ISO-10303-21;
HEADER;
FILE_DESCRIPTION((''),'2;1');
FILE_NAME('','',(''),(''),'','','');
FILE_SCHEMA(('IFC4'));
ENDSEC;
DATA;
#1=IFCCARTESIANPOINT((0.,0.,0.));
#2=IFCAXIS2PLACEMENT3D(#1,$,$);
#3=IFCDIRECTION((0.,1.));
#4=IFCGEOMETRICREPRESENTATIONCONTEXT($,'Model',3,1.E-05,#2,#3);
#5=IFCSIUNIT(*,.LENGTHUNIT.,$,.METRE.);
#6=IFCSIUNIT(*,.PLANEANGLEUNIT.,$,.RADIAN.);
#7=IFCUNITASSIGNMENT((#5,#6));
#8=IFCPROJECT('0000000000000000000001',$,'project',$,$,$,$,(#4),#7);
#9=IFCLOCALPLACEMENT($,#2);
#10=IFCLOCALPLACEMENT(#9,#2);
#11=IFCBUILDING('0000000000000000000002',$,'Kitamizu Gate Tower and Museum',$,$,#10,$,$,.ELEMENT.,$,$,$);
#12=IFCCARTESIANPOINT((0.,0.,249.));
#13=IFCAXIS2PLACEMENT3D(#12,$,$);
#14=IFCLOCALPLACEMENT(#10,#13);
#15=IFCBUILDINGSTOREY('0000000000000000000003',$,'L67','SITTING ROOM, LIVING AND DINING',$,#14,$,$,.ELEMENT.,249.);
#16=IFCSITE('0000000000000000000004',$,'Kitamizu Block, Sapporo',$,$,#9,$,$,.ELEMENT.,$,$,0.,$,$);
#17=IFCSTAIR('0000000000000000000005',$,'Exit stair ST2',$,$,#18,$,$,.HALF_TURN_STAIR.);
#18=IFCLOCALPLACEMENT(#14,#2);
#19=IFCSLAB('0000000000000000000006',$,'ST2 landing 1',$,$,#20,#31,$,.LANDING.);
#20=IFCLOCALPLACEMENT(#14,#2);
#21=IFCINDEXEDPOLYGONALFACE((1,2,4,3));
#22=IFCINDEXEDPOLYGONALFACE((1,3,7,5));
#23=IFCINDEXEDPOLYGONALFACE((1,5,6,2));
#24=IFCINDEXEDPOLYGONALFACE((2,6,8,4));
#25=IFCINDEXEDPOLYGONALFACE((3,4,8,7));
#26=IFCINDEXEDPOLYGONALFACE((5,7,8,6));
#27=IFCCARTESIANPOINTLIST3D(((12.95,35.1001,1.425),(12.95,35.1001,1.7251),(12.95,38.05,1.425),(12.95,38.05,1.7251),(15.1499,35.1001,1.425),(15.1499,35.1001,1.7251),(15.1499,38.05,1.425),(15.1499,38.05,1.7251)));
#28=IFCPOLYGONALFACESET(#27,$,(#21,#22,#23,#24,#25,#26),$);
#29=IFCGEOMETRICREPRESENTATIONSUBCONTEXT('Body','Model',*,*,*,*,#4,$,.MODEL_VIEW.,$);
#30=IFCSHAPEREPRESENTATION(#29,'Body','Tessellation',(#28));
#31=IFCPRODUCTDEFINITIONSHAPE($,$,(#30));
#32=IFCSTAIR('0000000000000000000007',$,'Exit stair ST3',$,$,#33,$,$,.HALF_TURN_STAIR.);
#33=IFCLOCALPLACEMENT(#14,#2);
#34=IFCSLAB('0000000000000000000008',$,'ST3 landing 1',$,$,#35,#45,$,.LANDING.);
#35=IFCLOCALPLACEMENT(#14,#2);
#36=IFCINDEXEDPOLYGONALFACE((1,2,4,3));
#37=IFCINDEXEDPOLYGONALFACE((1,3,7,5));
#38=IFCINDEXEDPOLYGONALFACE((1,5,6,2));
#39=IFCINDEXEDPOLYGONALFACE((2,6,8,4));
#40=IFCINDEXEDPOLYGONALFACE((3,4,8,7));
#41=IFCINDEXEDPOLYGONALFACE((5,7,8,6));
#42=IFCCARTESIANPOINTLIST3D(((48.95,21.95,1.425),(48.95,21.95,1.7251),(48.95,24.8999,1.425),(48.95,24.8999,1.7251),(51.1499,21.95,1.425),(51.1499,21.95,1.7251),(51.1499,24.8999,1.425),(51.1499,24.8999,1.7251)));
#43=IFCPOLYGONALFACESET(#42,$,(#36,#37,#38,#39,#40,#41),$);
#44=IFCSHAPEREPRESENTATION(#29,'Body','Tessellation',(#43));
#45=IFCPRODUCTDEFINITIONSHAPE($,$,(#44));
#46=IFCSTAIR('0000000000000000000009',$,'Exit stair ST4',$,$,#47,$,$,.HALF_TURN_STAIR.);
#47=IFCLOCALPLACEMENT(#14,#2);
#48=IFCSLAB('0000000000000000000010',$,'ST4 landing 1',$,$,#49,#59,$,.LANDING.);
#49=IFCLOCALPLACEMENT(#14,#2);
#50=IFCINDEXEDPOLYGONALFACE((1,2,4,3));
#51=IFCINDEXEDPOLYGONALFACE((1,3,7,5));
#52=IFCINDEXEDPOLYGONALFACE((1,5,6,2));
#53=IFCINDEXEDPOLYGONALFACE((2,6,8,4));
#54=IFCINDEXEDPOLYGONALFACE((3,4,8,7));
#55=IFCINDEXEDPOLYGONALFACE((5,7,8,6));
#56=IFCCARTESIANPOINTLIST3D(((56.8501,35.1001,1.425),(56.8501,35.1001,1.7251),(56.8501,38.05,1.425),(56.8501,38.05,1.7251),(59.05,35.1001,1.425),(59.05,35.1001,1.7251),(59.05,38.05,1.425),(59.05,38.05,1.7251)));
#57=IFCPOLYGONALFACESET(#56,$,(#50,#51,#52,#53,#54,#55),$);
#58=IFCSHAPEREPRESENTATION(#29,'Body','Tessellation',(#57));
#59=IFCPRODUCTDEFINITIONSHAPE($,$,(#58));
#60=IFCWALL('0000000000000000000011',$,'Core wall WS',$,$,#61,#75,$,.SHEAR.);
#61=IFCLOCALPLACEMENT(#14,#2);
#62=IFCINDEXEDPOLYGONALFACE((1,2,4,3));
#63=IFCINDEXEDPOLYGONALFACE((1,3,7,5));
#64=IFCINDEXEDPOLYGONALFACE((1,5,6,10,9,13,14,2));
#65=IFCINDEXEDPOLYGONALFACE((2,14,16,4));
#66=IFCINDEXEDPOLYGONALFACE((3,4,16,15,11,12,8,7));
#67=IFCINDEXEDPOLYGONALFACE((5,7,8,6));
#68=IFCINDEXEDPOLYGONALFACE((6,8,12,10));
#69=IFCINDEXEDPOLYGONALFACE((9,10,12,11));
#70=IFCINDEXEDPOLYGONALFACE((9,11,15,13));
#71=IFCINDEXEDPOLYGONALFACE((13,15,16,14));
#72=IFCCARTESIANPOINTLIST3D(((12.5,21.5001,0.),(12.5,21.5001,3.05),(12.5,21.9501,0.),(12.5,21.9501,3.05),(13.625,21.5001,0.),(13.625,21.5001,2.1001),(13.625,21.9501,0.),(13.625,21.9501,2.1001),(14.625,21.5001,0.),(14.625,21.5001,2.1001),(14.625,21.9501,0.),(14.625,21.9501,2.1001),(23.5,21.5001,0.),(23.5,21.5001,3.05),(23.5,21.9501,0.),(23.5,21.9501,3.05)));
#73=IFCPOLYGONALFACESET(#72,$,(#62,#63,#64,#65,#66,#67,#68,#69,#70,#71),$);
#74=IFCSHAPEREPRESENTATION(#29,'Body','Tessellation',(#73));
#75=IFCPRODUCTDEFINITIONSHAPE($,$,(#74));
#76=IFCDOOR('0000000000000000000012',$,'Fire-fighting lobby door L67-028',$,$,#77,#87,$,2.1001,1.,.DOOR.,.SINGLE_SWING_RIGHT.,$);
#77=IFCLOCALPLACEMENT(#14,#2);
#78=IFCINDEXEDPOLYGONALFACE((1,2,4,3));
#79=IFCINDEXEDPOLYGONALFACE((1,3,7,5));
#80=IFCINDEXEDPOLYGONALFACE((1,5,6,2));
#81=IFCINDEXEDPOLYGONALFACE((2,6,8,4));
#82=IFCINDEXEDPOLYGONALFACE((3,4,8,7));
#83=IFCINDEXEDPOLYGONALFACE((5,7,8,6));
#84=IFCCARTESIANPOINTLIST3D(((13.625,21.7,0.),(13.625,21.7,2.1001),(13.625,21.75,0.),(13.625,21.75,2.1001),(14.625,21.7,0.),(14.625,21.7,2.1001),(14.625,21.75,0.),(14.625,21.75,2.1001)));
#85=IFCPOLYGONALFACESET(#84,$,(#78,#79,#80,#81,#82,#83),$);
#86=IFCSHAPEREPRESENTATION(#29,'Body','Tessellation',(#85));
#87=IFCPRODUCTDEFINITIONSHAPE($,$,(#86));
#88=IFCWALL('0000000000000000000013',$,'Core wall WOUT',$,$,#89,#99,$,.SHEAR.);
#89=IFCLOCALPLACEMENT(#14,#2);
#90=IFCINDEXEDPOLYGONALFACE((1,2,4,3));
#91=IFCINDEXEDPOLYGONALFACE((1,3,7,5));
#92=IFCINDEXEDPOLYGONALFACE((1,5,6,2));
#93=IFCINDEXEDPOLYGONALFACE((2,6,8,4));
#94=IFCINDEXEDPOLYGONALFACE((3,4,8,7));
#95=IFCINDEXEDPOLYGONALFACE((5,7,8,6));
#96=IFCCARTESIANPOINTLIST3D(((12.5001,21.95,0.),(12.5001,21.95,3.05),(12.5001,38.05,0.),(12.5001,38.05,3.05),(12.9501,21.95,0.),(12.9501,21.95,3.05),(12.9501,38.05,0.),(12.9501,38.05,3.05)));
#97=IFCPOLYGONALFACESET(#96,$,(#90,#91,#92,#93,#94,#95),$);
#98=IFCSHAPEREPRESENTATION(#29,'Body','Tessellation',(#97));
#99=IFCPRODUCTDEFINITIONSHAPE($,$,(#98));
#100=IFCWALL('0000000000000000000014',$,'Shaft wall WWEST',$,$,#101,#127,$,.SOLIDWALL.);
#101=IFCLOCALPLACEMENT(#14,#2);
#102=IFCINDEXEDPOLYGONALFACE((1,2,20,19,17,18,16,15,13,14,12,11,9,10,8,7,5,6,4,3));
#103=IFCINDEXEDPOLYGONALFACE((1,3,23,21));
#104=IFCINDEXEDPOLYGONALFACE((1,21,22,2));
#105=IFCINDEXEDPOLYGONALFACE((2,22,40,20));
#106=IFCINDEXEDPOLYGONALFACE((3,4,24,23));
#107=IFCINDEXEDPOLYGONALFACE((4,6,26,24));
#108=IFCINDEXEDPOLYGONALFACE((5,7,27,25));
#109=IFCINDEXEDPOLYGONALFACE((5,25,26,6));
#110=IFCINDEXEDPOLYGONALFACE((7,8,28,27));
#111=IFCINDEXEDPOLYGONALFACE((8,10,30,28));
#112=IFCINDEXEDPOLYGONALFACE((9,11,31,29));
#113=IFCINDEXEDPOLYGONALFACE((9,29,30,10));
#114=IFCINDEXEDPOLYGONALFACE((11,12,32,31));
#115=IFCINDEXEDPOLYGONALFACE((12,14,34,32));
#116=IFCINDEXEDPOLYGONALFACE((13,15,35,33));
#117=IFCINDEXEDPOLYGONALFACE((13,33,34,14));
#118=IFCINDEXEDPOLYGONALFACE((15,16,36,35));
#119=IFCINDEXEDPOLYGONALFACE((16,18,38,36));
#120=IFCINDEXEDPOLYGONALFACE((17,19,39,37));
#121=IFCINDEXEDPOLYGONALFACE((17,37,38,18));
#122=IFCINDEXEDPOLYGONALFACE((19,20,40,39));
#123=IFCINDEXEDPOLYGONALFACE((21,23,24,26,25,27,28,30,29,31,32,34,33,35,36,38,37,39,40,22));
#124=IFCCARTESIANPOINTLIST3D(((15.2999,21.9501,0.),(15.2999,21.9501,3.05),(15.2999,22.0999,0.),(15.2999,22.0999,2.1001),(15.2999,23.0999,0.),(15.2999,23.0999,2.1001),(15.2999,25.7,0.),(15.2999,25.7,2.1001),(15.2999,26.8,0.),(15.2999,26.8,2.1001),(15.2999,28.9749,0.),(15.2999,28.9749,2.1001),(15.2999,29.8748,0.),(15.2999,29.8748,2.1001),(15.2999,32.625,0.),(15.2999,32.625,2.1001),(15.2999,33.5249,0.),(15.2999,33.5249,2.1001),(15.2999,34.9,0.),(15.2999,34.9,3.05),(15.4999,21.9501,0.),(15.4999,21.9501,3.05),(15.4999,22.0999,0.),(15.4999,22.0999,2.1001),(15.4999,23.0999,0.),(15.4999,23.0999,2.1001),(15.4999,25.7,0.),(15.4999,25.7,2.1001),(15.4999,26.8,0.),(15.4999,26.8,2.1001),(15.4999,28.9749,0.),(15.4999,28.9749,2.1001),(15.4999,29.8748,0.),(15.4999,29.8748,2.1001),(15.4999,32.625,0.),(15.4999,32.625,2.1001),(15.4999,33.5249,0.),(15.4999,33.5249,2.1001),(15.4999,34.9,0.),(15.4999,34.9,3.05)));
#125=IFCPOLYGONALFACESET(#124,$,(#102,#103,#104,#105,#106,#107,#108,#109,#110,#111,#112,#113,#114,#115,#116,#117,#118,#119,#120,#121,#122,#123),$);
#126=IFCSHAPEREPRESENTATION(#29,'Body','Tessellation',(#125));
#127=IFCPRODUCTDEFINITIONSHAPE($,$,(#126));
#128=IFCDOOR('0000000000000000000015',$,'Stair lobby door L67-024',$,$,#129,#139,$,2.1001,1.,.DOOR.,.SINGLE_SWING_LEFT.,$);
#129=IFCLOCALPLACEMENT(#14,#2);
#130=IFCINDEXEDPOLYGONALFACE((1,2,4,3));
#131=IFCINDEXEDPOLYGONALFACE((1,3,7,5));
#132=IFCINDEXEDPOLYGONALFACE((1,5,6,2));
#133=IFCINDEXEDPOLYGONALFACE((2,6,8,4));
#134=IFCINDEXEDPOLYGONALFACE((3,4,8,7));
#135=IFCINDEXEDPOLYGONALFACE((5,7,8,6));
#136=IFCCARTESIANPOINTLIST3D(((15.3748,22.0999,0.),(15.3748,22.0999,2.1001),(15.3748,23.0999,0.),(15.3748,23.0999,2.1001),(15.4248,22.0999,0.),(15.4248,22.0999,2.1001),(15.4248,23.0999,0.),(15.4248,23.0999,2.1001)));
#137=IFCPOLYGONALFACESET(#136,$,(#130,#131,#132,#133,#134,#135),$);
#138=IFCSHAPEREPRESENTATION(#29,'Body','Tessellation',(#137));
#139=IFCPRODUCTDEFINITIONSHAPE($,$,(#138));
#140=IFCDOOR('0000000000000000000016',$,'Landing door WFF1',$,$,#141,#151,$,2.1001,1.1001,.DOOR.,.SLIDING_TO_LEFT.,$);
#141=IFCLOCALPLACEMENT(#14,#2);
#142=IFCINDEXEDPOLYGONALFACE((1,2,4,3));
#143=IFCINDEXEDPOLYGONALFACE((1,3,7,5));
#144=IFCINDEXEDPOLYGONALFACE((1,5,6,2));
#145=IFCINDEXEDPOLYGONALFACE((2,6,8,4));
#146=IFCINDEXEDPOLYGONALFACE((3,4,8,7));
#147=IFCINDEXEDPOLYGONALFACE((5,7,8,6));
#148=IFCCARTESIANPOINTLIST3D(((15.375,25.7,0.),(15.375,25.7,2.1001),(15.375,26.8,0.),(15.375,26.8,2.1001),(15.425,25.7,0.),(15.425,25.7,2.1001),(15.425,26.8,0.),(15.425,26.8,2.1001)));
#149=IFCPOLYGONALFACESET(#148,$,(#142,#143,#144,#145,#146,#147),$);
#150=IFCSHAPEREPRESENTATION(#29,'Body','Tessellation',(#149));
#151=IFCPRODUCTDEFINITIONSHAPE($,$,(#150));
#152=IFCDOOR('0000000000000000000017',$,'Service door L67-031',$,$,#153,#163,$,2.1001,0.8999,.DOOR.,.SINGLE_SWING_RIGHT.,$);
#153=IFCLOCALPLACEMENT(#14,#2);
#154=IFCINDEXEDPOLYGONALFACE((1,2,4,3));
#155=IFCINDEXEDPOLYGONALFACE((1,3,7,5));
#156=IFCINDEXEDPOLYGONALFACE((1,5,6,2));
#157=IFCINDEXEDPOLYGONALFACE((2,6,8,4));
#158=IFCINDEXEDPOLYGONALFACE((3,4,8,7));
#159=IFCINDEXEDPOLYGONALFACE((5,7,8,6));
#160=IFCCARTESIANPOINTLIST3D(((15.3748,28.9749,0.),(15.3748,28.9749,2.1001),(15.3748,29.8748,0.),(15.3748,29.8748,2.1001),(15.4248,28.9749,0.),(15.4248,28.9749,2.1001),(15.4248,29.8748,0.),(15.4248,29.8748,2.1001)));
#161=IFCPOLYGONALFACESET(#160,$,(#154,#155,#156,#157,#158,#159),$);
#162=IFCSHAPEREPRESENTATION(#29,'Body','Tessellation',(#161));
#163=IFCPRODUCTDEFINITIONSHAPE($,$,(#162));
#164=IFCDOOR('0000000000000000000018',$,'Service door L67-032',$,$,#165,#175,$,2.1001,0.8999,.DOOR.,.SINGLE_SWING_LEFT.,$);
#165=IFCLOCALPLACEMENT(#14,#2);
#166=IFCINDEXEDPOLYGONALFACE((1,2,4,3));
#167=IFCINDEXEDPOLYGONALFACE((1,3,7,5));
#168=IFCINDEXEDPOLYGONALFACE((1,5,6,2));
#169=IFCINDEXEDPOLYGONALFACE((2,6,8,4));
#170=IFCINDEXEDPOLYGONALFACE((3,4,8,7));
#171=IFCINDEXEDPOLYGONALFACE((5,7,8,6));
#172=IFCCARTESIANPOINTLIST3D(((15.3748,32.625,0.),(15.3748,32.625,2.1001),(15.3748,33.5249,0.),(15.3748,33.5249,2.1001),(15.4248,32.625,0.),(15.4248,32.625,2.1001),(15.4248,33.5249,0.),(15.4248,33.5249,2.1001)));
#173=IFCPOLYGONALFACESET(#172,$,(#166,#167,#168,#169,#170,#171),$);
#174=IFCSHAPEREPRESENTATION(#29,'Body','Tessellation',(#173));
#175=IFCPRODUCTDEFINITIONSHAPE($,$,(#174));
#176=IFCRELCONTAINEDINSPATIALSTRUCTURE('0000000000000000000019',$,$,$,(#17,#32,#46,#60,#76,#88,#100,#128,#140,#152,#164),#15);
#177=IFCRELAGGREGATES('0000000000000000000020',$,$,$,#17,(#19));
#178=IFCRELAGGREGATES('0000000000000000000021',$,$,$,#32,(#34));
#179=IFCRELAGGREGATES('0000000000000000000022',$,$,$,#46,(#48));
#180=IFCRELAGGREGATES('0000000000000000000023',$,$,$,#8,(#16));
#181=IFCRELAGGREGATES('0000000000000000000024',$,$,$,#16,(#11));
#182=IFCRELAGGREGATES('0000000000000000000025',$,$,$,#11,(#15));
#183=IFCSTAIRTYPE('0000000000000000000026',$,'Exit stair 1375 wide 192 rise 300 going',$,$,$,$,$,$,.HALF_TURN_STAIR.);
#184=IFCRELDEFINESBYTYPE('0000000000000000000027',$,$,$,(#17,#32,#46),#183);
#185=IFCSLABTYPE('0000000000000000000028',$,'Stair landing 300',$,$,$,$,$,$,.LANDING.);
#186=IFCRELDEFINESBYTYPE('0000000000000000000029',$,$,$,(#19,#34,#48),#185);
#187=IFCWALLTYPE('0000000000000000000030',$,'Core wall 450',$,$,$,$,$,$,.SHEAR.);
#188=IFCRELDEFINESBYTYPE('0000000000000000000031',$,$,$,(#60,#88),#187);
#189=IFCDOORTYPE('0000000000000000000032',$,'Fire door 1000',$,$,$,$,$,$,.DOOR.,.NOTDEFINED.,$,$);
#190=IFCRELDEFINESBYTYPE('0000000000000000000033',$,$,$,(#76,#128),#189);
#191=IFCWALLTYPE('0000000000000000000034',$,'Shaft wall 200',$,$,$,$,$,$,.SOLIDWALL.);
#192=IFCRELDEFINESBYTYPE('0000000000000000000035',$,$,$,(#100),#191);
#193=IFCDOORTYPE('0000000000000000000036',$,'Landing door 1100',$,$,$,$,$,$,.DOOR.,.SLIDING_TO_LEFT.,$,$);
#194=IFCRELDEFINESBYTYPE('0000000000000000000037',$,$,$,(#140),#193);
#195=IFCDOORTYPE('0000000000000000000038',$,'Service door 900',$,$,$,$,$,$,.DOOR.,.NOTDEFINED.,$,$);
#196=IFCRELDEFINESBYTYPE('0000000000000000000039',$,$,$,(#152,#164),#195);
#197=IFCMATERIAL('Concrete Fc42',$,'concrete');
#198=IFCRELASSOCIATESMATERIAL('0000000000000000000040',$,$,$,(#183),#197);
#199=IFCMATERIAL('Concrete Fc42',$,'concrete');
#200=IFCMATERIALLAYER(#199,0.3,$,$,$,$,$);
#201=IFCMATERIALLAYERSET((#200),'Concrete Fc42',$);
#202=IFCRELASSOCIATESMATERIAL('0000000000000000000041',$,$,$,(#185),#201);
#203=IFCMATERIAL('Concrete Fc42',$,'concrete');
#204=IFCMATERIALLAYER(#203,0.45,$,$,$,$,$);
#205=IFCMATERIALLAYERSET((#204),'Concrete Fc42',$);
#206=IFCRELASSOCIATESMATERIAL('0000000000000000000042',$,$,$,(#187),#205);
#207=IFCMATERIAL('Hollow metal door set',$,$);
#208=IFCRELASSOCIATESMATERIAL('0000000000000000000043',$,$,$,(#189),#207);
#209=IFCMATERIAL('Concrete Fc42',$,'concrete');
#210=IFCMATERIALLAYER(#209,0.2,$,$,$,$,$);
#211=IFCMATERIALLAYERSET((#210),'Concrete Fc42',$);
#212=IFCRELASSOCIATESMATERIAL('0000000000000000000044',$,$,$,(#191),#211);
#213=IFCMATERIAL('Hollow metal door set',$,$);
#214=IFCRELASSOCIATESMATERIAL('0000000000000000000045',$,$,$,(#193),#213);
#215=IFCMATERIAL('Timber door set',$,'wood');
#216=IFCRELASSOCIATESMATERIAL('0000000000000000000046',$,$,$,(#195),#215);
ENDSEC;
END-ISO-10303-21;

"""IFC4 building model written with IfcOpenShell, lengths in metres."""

from ifc_helpers import new_model, si_unit, direction, frame, frame_2d, origin, place, context, subcontext, project, spatial, polyline, rectangle, outline, extrude, material, layer, layer_set, type_object, element, fill, aggregate, save


model = new_model("IFC4")

# Units and contexts
model_context = context("Model", 3, precision=1e-05, world=origin(), true_north=direction((0.0, 1.0)))
body_context = subcontext(model_context, "Body", "Model", "MODEL_VIEW")
ifc_project = project(units=[si_unit("LENGTHUNIT", "METRE"), si_unit("PLANEANGLEUNIT", "RADIAN")], contexts=[model_context])

# Site, building, storey
site_placement = place(None, origin())
site = spatial("IfcSite", under=ifc_project, at=site_placement, Name="Kitamizu Block, Sapporo", CompositionType="ELEMENT", RefElevation=0.0)
building_placement = place(site_placement, origin())
building = spatial("IfcBuilding", under=site, at=building_placement, Name="Kitamizu Gate Tower and Museum", CompositionType="ELEMENT")
storey_placement = place(building_placement, frame((0.0, 0.0, 249.0)))
storey = spatial("IfcBuildingStorey", under=building, at=storey_placement, Name="L67", Description="SITTING ROOM, LIVING AND DINING", CompositionType="ELEMENT", Elevation=249.0)

# Stairs, slabs
ifc_material_1 = material(Name="Concrete Fc42", Category="concrete")
stair_type = type_object("IfcStairType", Name="Exit stair 1375 wide 192 rise 300 going", PredefinedType="HALF_TURN_STAIR", material=ifc_material_1)
ifc_material_2 = material(Name="Concrete Fc42", Category="concrete")
ifc_layer_1 = layer(ifc_material_2, 0.3)
ifc_layer_set_1 = layer_set([ifc_layer_1], Name="Concrete Fc42")
slab_type_1 = type_object("IfcSlabType", Name="Stair landing 300", PredefinedType="LANDING", material=ifc_layer_set_1)
stair_1_placement = place(storey_placement, origin())
stair_1 = element("IfcStair", 1, at=stair_1_placement, inside=storey, type_object=stair_type, Name="Exit stair ST2", PredefinedType="HALF_TURN_STAIR")
slab_1_placement = place(storey_placement, frame((0.0, 0.0, 1.425)))
slab_1 = element("IfcSlab", 2, at=slab_1_placement, type_object=slab_type_1, Name="ST2 landing 1", PredefinedType="LANDING", context=body_context, shape_type="SweptSolid", body=[
    extrude(outline(polyline([(12.95, 35.1001), (15.1499, 35.1001), (15.1499, 38.05), (12.95, 38.05), (12.95, 35.1001)])), origin(), (0.0, 0.0, 1.0), 0.3),
])
aggregate(stair_1, [slab_1])
stair_2_placement = place(storey_placement, origin())
stair_2 = element("IfcStair", 3, at=stair_2_placement, inside=storey, type_object=stair_type, Name="Exit stair ST3", PredefinedType="HALF_TURN_STAIR")
slab_2_placement = place(storey_placement, frame((0.0, 0.0, 1.425)))
slab_2 = element("IfcSlab", 4, at=slab_2_placement, type_object=slab_type_1, Name="ST3 landing 1", PredefinedType="LANDING", context=body_context, shape_type="SweptSolid", body=[
    extrude(outline(polyline([(48.95, 21.95), (51.1499, 21.95), (51.1499, 24.8999), (48.95, 24.8999), (48.95, 21.95)])), origin(), (0.0, 0.0, 1.0), 0.3),
])
aggregate(stair_2, [slab_2])
stair_3_placement = place(storey_placement, origin())
stair_3 = element("IfcStair", 5, at=stair_3_placement, inside=storey, type_object=stair_type, Name="Exit stair ST4", PredefinedType="HALF_TURN_STAIR")
slab_3_placement = place(storey_placement, frame((0.0, 0.0, 1.425)))
slab_3 = element("IfcSlab", 6, at=slab_3_placement, type_object=slab_type_1, Name="ST4 landing 1", PredefinedType="LANDING", context=body_context, shape_type="SweptSolid", body=[
    extrude(outline(polyline([(56.8501, 35.1001), (59.05, 35.1001), (59.05, 38.05), (56.8501, 38.05), (56.8501, 35.1001)])), origin(), (0.0, 0.0, 1.0), 0.3),
])
aggregate(stair_3, [slab_3])

# Wall, opening, door
ifc_material_3 = material(Name="Concrete Fc42", Category="concrete")
ifc_layer_2 = layer(ifc_material_3, 0.45)
ifc_layer_set_2 = layer_set([ifc_layer_2], Name="Concrete Fc42")
wall_type_1 = type_object("IfcWallType", Name="Core wall 450", PredefinedType="SHEAR", material=ifc_layer_set_2)
wall_1_placement = place(storey_placement, frame((12.5, 21.7251, 0.0), z_axis=(0.0, 0.0, 1.0), x_axis=(1.0, 0.0, 0.0)))
wall_1 = element("IfcWall", 7, at=wall_1_placement, inside=storey, type_object=wall_type_1, Name="Core wall WS", PredefinedType="SHEAR", context=body_context, shape_type="SweptSolid", body=[
    extrude(rectangle(XDim=11.0, YDim=0.45, at=frame_2d((5.5, 0.0))), origin(), (0.0, 0.0, 1.0), 3.05),
])
opening_1_placement = place(wall_1_placement, frame((1.125, 0.0, 0.0)))
opening_1 = element("IfcOpeningElement", 8, at=opening_1_placement, cuts=wall_1, PredefinedType="OPENING", context=body_context, shape_type="SweptSolid", body=[
    extrude(rectangle(XDim=1.0, YDim=2.1001, at=frame_2d((0.5, 1.05))), frame((0.0, 0.2349, 0.0), z_axis=(0.0, -1.0, 0.0), x_axis=(1.0, 0.0, 0.0)), (0.0, 0.0, 1.0), 0.47),
])
ifc_material_4 = material(Name="Hollow metal door set")
door_type_1 = type_object("IfcDoorType", Name="Fire door 1000", OperationType="NOTDEFINED", PredefinedType="DOOR", material=ifc_material_4)
door_1_placement = place(opening_1_placement, origin())
door_1 = element("IfcDoor", 9, at=door_1_placement, inside=storey, type_object=door_type_1, Name="Fire-fighting lobby door L67-028", OperationType="SINGLE_SWING_RIGHT", OverallHeight=2.1001, OverallWidth=1.0, PredefinedType="DOOR", context=body_context, shape_type="SweptSolid", body=[
    extrude(rectangle(XDim=1.0, YDim=2.1001, at=frame_2d((0.5, 1.05))), frame((0.0, 0.0249, 0.0), z_axis=(0.0, -1.0, 0.0), x_axis=(1.0, 0.0, 0.0)), (0.0, 0.0, 1.0), 0.05),
])
fill(opening_1, door_1)

# Wall
wall_2_placement = place(storey_placement, frame((12.7251, 21.95, 0.0), z_axis=(0.0, 0.0, 1.0), x_axis=(0.0, 1.0, 0.0)))
element("IfcWall", 10, at=wall_2_placement, inside=storey, type_object=wall_type_1, Name="Core wall WOUT", PredefinedType="SHEAR", context=body_context, shape_type="SweptSolid", body=[
    extrude(rectangle(XDim=16.1001, YDim=0.45, at=frame_2d((8.05, 0.0))), origin(), (0.0, 0.0, 1.0), 3.05),
])

# Wall, openings, doors
ifc_material_5 = material(Name="Concrete Fc42", Category="concrete")
ifc_layer_3 = layer(ifc_material_5, 0.2)
ifc_layer_set_3 = layer_set([ifc_layer_3], Name="Concrete Fc42")
wall_type_2 = type_object("IfcWallType", Name="Shaft wall 200", PredefinedType="SOLIDWALL", material=ifc_layer_set_3)
wall_3_placement = place(storey_placement, frame((15.3999, 21.95, 0.0), z_axis=(0.0, 0.0, 1.0), x_axis=(0.0, 1.0, 0.0)))
wall_3 = element("IfcWall", 11, at=wall_3_placement, inside=storey, type_object=wall_type_2, Name="Shaft wall WWEST", PredefinedType="SOLIDWALL", context=body_context, shape_type="SweptSolid", body=[
    extrude(rectangle(XDim=12.95, YDim=0.2, at=frame_2d((6.4751, 0.0))), origin(), (0.0, 0.0, 1.0), 3.05),
])
opening_2_placement = place(wall_3_placement, frame((3.75, 0.0, 0.0)))
opening_2 = element("IfcOpeningElement", 12, at=opening_2_placement, cuts=wall_3, PredefinedType="OPENING", context=body_context, shape_type="SweptSolid", body=[
    extrude(rectangle(XDim=1.1001, YDim=2.1001, at=frame_2d((0.55, 1.05))), frame((0.0, 0.1099, 0.0), z_axis=(0.0, -1.0, 0.0), x_axis=(1.0, 0.0, 0.0)), (0.0, 0.0, 1.0), 0.22),
])
opening_3_placement = place(wall_3_placement, frame((0.1499, 0.0, 0.0)))
opening_3 = element("IfcOpeningElement", 13, at=opening_3_placement, cuts=wall_3, PredefinedType="OPENING", context=body_context, shape_type="SweptSolid", body=[
    extrude(rectangle(XDim=1.0, YDim=2.1001, at=frame_2d((0.5, 1.05))), frame((0.0, 0.1099, 0.0), z_axis=(0.0, -1.0, 0.0), x_axis=(1.0, 0.0, 0.0)), (0.0, 0.0, 1.0), 0.22),
])
opening_4_placement = place(wall_3_placement, frame((7.0249, 0.0, 0.0)))
opening_4 = element("IfcOpeningElement", 14, at=opening_4_placement, cuts=wall_3, PredefinedType="OPENING", context=body_context, shape_type="SweptSolid", body=[
    extrude(rectangle(XDim=0.8999, YDim=2.1001, at=frame_2d((0.45, 1.05))), frame((0.0, 0.1099, 0.0), z_axis=(0.0, -1.0, 0.0), x_axis=(1.0, 0.0, 0.0)), (0.0, 0.0, 1.0), 0.22),
])
opening_5_placement = place(wall_3_placement, frame((10.675, 0.0, 0.0)))
opening_5 = element("IfcOpeningElement", 15, at=opening_5_placement, cuts=wall_3, PredefinedType="OPENING", context=body_context, shape_type="SweptSolid", body=[
    extrude(rectangle(XDim=0.8999, YDim=2.1001, at=frame_2d((0.45, 1.05))), frame((0.0, 0.1099, 0.0), z_axis=(0.0, -1.0, 0.0), x_axis=(1.0, 0.0, 0.0)), (0.0, 0.0, 1.0), 0.22),
])
door_2_placement = place(opening_3_placement, frame((1.0, 0.0, 0.0), x_axis=(-1.0, 0.0, 0.0)))
door_2 = element("IfcDoor", 16, at=door_2_placement, inside=storey, type_object=door_type_1, Name="Stair lobby door L67-024", OperationType="SINGLE_SWING_LEFT", OverallHeight=2.1001, OverallWidth=1.0, PredefinedType="DOOR", context=body_context, shape_type="SweptSolid", body=[
    extrude(rectangle(XDim=1.0, YDim=2.1001, at=frame_2d((0.5, 1.05))), frame((0.0, 0.0249, 0.0), z_axis=(0.0, -1.0, 0.0), x_axis=(1.0, 0.0, 0.0)), (0.0, 0.0, 1.0), 0.05),
])
fill(opening_3, door_2)
ifc_material_6 = material(Name="Hollow metal door set")
door_type_2 = type_object("IfcDoorType", Name="Landing door 1100", OperationType="SLIDING_TO_LEFT", PredefinedType="DOOR", material=ifc_material_6)
door_3_placement = place(opening_2_placement, origin())
door_3 = element("IfcDoor", 17, at=door_3_placement, inside=storey, type_object=door_type_2, Name="Landing door WFF1", OperationType="SLIDING_TO_LEFT", OverallHeight=2.1001, OverallWidth=1.1001, PredefinedType="DOOR", context=body_context, shape_type="SweptSolid", body=[
    extrude(rectangle(XDim=1.1001, YDim=2.1001, at=frame_2d((0.55, 1.05))), frame((0.0, 0.0249, 0.0), z_axis=(0.0, -1.0, 0.0), x_axis=(1.0, 0.0, 0.0)), (0.0, 0.0, 1.0), 0.05),
])
fill(opening_2, door_3)
ifc_material_7 = material(Name="Timber door set", Category="wood")
door_type_3 = type_object("IfcDoorType", Name="Service door 900", OperationType="NOTDEFINED", PredefinedType="DOOR", material=ifc_material_7)
door_4_placement = place(opening_4_placement, frame((0.8999, 0.0, 0.0), x_axis=(-1.0, 0.0, 0.0)))
door_4 = element("IfcDoor", 18, at=door_4_placement, inside=storey, type_object=door_type_3, Name="Service door L67-031", OperationType="SINGLE_SWING_RIGHT", OverallHeight=2.1001, OverallWidth=0.8999, PredefinedType="DOOR", context=body_context, shape_type="SweptSolid", body=[
    extrude(rectangle(XDim=0.8999, YDim=2.1001, at=frame_2d((0.45, 1.05))), frame((0.0, 0.0249, 0.0), z_axis=(0.0, -1.0, 0.0), x_axis=(1.0, 0.0, 0.0)), (0.0, 0.0, 1.0), 0.05),
])
fill(opening_4, door_4)
door_5_placement = place(opening_5_placement, frame((0.8999, 0.0, 0.0), x_axis=(-1.0, 0.0, 0.0)))
door_5 = element("IfcDoor", 19, at=door_5_placement, inside=storey, type_object=door_type_3, Name="Service door L67-032", OperationType="SINGLE_SWING_LEFT", OverallHeight=2.1001, OverallWidth=0.8999, PredefinedType="DOOR", context=body_context, shape_type="SweptSolid", body=[
    extrude(rectangle(XDim=0.8999, YDim=2.1001, at=frame_2d((0.45, 1.05))), frame((0.0, 0.0249, 0.0), z_axis=(0.0, -1.0, 0.0), x_axis=(1.0, 0.0, 0.0)), (0.0, 0.0, 1.0), 0.05),
])
fill(opening_5, door_5)

save(model, "model.ifc")
